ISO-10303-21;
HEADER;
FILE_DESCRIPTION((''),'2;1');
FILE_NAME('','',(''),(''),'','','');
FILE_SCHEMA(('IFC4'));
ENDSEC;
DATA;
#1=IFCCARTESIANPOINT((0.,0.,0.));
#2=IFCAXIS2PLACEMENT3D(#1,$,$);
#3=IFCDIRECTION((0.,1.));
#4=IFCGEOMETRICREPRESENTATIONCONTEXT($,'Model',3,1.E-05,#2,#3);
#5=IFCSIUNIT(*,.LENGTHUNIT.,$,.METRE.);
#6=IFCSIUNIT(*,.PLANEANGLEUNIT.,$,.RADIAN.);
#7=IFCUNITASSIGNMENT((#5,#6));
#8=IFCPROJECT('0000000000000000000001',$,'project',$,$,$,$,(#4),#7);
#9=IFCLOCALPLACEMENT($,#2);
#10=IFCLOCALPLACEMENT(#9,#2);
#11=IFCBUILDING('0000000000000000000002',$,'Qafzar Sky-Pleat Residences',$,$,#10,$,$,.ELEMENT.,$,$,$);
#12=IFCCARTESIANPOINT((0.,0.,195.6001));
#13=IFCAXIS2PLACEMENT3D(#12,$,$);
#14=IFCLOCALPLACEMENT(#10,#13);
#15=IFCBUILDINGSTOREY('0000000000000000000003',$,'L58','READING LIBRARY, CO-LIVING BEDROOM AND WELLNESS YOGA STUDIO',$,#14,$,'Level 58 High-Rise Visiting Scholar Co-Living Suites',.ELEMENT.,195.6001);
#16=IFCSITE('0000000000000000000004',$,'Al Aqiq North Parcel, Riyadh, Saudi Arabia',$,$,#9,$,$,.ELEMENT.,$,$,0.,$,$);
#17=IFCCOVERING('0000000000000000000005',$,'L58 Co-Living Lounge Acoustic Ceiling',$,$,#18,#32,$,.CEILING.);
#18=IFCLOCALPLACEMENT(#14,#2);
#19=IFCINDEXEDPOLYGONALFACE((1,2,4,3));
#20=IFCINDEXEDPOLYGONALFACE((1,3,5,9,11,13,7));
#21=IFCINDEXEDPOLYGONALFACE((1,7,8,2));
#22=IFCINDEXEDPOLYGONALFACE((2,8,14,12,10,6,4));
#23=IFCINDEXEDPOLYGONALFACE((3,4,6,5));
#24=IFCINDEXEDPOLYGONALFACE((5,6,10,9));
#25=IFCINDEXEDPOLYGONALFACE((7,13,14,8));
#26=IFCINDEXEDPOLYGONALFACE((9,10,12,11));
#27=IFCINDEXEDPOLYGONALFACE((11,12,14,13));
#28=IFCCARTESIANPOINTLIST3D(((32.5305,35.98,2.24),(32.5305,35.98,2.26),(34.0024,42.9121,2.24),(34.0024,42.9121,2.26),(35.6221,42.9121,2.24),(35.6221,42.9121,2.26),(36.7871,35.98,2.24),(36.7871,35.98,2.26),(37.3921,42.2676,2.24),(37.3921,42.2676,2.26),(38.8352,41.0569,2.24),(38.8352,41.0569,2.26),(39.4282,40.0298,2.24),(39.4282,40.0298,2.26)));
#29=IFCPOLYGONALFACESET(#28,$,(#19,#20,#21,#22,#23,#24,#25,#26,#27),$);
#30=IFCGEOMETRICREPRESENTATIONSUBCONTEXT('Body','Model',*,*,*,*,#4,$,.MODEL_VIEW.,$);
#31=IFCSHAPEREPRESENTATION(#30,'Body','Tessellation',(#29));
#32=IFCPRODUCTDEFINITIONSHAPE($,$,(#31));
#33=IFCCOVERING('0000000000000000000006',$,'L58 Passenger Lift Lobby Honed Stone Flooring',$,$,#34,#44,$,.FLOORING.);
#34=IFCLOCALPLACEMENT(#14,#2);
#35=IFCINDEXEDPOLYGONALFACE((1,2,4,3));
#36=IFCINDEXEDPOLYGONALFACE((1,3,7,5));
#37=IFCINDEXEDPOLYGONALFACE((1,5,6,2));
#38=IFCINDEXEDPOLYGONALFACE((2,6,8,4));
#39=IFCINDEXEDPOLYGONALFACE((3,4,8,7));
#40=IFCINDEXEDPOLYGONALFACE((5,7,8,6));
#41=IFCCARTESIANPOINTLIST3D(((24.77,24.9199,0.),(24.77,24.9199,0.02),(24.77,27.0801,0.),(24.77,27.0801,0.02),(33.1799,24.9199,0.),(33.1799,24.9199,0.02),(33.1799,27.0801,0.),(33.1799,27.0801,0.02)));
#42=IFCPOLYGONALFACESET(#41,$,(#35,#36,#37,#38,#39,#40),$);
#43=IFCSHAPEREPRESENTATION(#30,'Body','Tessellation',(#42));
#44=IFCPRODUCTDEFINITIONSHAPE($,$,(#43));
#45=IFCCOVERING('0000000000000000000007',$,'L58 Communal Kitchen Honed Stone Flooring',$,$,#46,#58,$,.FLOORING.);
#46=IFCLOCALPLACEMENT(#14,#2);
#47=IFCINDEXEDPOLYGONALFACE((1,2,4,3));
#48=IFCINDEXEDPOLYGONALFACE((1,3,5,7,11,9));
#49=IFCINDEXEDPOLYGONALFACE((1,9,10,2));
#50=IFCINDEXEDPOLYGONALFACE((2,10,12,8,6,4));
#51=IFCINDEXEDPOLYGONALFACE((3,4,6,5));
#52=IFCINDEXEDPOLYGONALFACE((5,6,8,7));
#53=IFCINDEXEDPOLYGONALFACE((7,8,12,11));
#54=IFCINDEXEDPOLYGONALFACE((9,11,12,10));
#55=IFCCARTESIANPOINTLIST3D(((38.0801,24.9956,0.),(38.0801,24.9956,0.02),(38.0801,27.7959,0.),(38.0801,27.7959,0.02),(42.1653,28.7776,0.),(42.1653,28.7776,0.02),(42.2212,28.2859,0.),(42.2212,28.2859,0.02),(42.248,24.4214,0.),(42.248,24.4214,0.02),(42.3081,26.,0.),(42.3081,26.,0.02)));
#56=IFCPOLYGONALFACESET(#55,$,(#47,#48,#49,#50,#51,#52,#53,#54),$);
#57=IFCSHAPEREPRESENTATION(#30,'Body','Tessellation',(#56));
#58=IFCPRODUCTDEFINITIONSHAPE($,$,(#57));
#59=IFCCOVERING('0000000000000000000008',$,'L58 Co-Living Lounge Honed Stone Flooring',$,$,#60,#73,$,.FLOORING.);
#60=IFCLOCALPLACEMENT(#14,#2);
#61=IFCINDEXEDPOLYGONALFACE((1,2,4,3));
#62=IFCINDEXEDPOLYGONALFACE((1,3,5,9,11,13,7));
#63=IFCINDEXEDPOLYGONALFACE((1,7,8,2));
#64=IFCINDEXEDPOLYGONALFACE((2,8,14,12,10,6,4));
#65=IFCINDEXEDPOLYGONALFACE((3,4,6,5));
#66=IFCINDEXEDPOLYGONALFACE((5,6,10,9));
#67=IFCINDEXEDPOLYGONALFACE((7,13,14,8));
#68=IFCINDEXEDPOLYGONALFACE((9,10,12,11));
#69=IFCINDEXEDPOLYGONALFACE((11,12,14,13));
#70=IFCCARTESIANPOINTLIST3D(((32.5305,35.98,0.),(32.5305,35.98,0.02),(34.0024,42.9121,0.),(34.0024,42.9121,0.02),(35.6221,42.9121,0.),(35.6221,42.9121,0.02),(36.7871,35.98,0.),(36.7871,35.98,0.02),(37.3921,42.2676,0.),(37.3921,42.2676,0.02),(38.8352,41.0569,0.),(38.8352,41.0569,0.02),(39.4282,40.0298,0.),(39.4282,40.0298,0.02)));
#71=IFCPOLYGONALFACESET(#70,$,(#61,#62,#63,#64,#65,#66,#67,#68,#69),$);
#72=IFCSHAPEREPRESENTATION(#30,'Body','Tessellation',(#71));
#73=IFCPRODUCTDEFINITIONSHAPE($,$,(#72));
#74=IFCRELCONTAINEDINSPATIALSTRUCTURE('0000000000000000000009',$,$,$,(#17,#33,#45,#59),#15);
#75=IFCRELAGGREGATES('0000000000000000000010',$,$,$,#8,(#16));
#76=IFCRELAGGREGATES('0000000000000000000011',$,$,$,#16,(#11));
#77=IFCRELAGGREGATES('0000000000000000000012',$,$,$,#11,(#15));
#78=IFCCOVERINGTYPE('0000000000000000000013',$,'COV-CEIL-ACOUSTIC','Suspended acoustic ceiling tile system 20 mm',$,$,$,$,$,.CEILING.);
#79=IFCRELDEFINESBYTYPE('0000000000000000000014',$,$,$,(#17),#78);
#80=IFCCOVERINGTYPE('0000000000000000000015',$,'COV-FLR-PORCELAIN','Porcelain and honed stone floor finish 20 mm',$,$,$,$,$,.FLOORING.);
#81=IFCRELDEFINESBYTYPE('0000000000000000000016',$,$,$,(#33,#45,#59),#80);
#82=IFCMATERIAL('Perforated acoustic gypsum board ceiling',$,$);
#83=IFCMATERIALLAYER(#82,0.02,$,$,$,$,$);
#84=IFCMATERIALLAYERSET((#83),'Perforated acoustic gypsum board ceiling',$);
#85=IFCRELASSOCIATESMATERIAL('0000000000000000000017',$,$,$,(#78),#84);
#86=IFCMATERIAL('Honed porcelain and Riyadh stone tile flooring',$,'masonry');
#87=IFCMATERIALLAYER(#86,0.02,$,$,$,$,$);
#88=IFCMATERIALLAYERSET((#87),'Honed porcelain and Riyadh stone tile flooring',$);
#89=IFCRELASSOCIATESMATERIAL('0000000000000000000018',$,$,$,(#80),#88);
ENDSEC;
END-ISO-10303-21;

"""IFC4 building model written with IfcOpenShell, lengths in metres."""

from ifc_helpers import new_model, si_unit, direction, frame, origin, place, context, subcontext, project, spatial, polyline, outline, extrude, material, layer, layer_set, type_object, element, save


model = new_model("IFC4")

# Units and contexts
model_context = context("Model", 3, precision=1e-05, world=origin(), true_north=direction((0.0, 1.0)))
body_context = subcontext(model_context, "Body", "Model", "MODEL_VIEW")
ifc_project = project(units=[si_unit("LENGTHUNIT", "METRE"), si_unit("PLANEANGLEUNIT", "RADIAN")], contexts=[model_context])

# Site, building, storey
site_placement = place(None, origin())
site = spatial("IfcSite", under=ifc_project, at=site_placement, Name="Al Aqiq North Parcel, Riyadh, Saudi Arabia", CompositionType="ELEMENT", RefElevation=0.0)
building_placement = place(site_placement, origin())
building = spatial("IfcBuilding", under=site, at=building_placement, Name="Qafzar Sky-Pleat Residences", CompositionType="ELEMENT")
storey_placement = place(building_placement, frame((0.0, 0.0, 195.6001)))
storey = spatial("IfcBuildingStorey", under=building, at=storey_placement, Name="L58", Description="READING LIBRARY, CO-LIVING BEDROOM AND WELLNESS YOGA STUDIO", LongName="Level 58 High-Rise Visiting Scholar Co-Living Suites", CompositionType="ELEMENT", Elevation=195.6001)

# Coverings
ifc_material_1 = material(Name="Perforated acoustic gypsum board ceiling")
ifc_layer_1 = layer(ifc_material_1, 0.02)
ifc_layer_set_1 = layer_set([ifc_layer_1], Name="Perforated acoustic gypsum board ceiling")
covering_type_1 = type_object("IfcCoveringType", Name="COV-CEIL-ACOUSTIC", Description="Suspended acoustic ceiling tile system 20 mm", PredefinedType="CEILING", material=ifc_layer_set_1)
covering_1_placement = place(storey_placement, frame((0.0, 0.0, 2.24)))
element("IfcCovering", 1, at=covering_1_placement, inside=storey, type_object=covering_type_1, Name="L58 Co-Living Lounge Acoustic Ceiling", PredefinedType="CEILING", context=body_context, shape_type="SweptSolid", body=[
    extrude(outline(polyline([(35.6221, 42.9121), (37.3921, 42.2676), (38.8352, 41.0569), (39.4282, 40.0298), (36.7871, 35.98), (32.5305, 35.98), (34.0024, 42.9121), (35.6221, 42.9121)])), origin(), (0.0, 0.0, 1.0), 0.02),
])
ifc_material_2 = material(Name="Honed porcelain and Riyadh stone tile flooring", Category="masonry")
ifc_layer_2 = layer(ifc_material_2, 0.02)
ifc_layer_set_2 = layer_set([ifc_layer_2], Name="Honed porcelain and Riyadh stone tile flooring")
covering_type_2 = type_object("IfcCoveringType", Name="COV-FLR-PORCELAIN", Description="Porcelain and honed stone floor finish 20 mm", PredefinedType="FLOORING", material=ifc_layer_set_2)
covering_2_placement = place(storey_placement, origin())
element("IfcCovering", 2, at=covering_2_placement, inside=storey, type_object=covering_type_2, Name="L58 Passenger Lift Lobby Honed Stone Flooring", PredefinedType="FLOORING", context=body_context, shape_type="SweptSolid", body=[
    extrude(outline(polyline([(33.1799, 24.9199), (24.77, 24.9199), (24.77, 27.0801), (33.1799, 27.0801), (33.1799, 24.9199)])), origin(), (0.0, 0.0, 1.0), 0.02),
])
covering_3_placement = place(storey_placement, origin())
element("IfcCovering", 3, at=covering_3_placement, inside=storey, type_object=covering_type_2, Name="L58 Communal Kitchen Honed Stone Flooring", PredefinedType="FLOORING", context=body_context, shape_type="SweptSolid", body=[
    extrude(outline(polyline([(42.2212, 28.2859), (42.3081, 26.0), (42.248, 24.4214), (38.0801, 24.9956), (38.0801, 27.7959), (42.1653, 28.7776), (42.2212, 28.2859)])), origin(), (0.0, 0.0, 1.0), 0.02),
])
covering_4_placement = place(storey_placement, origin())
element("IfcCovering", 4, at=covering_4_placement, inside=storey, type_object=covering_type_2, Name="L58 Co-Living Lounge Honed Stone Flooring", PredefinedType="FLOORING", context=body_context, shape_type="SweptSolid", body=[
    extrude(outline(polyline([(35.6221, 42.9121), (37.3921, 42.2676), (38.8352, 41.0569), (39.4282, 40.0298), (36.7871, 35.98), (32.5305, 35.98), (34.0024, 42.9121), (35.6221, 42.9121)])), origin(), (0.0, 0.0, 1.0), 0.02),
])

save(model, "model.ifc")
